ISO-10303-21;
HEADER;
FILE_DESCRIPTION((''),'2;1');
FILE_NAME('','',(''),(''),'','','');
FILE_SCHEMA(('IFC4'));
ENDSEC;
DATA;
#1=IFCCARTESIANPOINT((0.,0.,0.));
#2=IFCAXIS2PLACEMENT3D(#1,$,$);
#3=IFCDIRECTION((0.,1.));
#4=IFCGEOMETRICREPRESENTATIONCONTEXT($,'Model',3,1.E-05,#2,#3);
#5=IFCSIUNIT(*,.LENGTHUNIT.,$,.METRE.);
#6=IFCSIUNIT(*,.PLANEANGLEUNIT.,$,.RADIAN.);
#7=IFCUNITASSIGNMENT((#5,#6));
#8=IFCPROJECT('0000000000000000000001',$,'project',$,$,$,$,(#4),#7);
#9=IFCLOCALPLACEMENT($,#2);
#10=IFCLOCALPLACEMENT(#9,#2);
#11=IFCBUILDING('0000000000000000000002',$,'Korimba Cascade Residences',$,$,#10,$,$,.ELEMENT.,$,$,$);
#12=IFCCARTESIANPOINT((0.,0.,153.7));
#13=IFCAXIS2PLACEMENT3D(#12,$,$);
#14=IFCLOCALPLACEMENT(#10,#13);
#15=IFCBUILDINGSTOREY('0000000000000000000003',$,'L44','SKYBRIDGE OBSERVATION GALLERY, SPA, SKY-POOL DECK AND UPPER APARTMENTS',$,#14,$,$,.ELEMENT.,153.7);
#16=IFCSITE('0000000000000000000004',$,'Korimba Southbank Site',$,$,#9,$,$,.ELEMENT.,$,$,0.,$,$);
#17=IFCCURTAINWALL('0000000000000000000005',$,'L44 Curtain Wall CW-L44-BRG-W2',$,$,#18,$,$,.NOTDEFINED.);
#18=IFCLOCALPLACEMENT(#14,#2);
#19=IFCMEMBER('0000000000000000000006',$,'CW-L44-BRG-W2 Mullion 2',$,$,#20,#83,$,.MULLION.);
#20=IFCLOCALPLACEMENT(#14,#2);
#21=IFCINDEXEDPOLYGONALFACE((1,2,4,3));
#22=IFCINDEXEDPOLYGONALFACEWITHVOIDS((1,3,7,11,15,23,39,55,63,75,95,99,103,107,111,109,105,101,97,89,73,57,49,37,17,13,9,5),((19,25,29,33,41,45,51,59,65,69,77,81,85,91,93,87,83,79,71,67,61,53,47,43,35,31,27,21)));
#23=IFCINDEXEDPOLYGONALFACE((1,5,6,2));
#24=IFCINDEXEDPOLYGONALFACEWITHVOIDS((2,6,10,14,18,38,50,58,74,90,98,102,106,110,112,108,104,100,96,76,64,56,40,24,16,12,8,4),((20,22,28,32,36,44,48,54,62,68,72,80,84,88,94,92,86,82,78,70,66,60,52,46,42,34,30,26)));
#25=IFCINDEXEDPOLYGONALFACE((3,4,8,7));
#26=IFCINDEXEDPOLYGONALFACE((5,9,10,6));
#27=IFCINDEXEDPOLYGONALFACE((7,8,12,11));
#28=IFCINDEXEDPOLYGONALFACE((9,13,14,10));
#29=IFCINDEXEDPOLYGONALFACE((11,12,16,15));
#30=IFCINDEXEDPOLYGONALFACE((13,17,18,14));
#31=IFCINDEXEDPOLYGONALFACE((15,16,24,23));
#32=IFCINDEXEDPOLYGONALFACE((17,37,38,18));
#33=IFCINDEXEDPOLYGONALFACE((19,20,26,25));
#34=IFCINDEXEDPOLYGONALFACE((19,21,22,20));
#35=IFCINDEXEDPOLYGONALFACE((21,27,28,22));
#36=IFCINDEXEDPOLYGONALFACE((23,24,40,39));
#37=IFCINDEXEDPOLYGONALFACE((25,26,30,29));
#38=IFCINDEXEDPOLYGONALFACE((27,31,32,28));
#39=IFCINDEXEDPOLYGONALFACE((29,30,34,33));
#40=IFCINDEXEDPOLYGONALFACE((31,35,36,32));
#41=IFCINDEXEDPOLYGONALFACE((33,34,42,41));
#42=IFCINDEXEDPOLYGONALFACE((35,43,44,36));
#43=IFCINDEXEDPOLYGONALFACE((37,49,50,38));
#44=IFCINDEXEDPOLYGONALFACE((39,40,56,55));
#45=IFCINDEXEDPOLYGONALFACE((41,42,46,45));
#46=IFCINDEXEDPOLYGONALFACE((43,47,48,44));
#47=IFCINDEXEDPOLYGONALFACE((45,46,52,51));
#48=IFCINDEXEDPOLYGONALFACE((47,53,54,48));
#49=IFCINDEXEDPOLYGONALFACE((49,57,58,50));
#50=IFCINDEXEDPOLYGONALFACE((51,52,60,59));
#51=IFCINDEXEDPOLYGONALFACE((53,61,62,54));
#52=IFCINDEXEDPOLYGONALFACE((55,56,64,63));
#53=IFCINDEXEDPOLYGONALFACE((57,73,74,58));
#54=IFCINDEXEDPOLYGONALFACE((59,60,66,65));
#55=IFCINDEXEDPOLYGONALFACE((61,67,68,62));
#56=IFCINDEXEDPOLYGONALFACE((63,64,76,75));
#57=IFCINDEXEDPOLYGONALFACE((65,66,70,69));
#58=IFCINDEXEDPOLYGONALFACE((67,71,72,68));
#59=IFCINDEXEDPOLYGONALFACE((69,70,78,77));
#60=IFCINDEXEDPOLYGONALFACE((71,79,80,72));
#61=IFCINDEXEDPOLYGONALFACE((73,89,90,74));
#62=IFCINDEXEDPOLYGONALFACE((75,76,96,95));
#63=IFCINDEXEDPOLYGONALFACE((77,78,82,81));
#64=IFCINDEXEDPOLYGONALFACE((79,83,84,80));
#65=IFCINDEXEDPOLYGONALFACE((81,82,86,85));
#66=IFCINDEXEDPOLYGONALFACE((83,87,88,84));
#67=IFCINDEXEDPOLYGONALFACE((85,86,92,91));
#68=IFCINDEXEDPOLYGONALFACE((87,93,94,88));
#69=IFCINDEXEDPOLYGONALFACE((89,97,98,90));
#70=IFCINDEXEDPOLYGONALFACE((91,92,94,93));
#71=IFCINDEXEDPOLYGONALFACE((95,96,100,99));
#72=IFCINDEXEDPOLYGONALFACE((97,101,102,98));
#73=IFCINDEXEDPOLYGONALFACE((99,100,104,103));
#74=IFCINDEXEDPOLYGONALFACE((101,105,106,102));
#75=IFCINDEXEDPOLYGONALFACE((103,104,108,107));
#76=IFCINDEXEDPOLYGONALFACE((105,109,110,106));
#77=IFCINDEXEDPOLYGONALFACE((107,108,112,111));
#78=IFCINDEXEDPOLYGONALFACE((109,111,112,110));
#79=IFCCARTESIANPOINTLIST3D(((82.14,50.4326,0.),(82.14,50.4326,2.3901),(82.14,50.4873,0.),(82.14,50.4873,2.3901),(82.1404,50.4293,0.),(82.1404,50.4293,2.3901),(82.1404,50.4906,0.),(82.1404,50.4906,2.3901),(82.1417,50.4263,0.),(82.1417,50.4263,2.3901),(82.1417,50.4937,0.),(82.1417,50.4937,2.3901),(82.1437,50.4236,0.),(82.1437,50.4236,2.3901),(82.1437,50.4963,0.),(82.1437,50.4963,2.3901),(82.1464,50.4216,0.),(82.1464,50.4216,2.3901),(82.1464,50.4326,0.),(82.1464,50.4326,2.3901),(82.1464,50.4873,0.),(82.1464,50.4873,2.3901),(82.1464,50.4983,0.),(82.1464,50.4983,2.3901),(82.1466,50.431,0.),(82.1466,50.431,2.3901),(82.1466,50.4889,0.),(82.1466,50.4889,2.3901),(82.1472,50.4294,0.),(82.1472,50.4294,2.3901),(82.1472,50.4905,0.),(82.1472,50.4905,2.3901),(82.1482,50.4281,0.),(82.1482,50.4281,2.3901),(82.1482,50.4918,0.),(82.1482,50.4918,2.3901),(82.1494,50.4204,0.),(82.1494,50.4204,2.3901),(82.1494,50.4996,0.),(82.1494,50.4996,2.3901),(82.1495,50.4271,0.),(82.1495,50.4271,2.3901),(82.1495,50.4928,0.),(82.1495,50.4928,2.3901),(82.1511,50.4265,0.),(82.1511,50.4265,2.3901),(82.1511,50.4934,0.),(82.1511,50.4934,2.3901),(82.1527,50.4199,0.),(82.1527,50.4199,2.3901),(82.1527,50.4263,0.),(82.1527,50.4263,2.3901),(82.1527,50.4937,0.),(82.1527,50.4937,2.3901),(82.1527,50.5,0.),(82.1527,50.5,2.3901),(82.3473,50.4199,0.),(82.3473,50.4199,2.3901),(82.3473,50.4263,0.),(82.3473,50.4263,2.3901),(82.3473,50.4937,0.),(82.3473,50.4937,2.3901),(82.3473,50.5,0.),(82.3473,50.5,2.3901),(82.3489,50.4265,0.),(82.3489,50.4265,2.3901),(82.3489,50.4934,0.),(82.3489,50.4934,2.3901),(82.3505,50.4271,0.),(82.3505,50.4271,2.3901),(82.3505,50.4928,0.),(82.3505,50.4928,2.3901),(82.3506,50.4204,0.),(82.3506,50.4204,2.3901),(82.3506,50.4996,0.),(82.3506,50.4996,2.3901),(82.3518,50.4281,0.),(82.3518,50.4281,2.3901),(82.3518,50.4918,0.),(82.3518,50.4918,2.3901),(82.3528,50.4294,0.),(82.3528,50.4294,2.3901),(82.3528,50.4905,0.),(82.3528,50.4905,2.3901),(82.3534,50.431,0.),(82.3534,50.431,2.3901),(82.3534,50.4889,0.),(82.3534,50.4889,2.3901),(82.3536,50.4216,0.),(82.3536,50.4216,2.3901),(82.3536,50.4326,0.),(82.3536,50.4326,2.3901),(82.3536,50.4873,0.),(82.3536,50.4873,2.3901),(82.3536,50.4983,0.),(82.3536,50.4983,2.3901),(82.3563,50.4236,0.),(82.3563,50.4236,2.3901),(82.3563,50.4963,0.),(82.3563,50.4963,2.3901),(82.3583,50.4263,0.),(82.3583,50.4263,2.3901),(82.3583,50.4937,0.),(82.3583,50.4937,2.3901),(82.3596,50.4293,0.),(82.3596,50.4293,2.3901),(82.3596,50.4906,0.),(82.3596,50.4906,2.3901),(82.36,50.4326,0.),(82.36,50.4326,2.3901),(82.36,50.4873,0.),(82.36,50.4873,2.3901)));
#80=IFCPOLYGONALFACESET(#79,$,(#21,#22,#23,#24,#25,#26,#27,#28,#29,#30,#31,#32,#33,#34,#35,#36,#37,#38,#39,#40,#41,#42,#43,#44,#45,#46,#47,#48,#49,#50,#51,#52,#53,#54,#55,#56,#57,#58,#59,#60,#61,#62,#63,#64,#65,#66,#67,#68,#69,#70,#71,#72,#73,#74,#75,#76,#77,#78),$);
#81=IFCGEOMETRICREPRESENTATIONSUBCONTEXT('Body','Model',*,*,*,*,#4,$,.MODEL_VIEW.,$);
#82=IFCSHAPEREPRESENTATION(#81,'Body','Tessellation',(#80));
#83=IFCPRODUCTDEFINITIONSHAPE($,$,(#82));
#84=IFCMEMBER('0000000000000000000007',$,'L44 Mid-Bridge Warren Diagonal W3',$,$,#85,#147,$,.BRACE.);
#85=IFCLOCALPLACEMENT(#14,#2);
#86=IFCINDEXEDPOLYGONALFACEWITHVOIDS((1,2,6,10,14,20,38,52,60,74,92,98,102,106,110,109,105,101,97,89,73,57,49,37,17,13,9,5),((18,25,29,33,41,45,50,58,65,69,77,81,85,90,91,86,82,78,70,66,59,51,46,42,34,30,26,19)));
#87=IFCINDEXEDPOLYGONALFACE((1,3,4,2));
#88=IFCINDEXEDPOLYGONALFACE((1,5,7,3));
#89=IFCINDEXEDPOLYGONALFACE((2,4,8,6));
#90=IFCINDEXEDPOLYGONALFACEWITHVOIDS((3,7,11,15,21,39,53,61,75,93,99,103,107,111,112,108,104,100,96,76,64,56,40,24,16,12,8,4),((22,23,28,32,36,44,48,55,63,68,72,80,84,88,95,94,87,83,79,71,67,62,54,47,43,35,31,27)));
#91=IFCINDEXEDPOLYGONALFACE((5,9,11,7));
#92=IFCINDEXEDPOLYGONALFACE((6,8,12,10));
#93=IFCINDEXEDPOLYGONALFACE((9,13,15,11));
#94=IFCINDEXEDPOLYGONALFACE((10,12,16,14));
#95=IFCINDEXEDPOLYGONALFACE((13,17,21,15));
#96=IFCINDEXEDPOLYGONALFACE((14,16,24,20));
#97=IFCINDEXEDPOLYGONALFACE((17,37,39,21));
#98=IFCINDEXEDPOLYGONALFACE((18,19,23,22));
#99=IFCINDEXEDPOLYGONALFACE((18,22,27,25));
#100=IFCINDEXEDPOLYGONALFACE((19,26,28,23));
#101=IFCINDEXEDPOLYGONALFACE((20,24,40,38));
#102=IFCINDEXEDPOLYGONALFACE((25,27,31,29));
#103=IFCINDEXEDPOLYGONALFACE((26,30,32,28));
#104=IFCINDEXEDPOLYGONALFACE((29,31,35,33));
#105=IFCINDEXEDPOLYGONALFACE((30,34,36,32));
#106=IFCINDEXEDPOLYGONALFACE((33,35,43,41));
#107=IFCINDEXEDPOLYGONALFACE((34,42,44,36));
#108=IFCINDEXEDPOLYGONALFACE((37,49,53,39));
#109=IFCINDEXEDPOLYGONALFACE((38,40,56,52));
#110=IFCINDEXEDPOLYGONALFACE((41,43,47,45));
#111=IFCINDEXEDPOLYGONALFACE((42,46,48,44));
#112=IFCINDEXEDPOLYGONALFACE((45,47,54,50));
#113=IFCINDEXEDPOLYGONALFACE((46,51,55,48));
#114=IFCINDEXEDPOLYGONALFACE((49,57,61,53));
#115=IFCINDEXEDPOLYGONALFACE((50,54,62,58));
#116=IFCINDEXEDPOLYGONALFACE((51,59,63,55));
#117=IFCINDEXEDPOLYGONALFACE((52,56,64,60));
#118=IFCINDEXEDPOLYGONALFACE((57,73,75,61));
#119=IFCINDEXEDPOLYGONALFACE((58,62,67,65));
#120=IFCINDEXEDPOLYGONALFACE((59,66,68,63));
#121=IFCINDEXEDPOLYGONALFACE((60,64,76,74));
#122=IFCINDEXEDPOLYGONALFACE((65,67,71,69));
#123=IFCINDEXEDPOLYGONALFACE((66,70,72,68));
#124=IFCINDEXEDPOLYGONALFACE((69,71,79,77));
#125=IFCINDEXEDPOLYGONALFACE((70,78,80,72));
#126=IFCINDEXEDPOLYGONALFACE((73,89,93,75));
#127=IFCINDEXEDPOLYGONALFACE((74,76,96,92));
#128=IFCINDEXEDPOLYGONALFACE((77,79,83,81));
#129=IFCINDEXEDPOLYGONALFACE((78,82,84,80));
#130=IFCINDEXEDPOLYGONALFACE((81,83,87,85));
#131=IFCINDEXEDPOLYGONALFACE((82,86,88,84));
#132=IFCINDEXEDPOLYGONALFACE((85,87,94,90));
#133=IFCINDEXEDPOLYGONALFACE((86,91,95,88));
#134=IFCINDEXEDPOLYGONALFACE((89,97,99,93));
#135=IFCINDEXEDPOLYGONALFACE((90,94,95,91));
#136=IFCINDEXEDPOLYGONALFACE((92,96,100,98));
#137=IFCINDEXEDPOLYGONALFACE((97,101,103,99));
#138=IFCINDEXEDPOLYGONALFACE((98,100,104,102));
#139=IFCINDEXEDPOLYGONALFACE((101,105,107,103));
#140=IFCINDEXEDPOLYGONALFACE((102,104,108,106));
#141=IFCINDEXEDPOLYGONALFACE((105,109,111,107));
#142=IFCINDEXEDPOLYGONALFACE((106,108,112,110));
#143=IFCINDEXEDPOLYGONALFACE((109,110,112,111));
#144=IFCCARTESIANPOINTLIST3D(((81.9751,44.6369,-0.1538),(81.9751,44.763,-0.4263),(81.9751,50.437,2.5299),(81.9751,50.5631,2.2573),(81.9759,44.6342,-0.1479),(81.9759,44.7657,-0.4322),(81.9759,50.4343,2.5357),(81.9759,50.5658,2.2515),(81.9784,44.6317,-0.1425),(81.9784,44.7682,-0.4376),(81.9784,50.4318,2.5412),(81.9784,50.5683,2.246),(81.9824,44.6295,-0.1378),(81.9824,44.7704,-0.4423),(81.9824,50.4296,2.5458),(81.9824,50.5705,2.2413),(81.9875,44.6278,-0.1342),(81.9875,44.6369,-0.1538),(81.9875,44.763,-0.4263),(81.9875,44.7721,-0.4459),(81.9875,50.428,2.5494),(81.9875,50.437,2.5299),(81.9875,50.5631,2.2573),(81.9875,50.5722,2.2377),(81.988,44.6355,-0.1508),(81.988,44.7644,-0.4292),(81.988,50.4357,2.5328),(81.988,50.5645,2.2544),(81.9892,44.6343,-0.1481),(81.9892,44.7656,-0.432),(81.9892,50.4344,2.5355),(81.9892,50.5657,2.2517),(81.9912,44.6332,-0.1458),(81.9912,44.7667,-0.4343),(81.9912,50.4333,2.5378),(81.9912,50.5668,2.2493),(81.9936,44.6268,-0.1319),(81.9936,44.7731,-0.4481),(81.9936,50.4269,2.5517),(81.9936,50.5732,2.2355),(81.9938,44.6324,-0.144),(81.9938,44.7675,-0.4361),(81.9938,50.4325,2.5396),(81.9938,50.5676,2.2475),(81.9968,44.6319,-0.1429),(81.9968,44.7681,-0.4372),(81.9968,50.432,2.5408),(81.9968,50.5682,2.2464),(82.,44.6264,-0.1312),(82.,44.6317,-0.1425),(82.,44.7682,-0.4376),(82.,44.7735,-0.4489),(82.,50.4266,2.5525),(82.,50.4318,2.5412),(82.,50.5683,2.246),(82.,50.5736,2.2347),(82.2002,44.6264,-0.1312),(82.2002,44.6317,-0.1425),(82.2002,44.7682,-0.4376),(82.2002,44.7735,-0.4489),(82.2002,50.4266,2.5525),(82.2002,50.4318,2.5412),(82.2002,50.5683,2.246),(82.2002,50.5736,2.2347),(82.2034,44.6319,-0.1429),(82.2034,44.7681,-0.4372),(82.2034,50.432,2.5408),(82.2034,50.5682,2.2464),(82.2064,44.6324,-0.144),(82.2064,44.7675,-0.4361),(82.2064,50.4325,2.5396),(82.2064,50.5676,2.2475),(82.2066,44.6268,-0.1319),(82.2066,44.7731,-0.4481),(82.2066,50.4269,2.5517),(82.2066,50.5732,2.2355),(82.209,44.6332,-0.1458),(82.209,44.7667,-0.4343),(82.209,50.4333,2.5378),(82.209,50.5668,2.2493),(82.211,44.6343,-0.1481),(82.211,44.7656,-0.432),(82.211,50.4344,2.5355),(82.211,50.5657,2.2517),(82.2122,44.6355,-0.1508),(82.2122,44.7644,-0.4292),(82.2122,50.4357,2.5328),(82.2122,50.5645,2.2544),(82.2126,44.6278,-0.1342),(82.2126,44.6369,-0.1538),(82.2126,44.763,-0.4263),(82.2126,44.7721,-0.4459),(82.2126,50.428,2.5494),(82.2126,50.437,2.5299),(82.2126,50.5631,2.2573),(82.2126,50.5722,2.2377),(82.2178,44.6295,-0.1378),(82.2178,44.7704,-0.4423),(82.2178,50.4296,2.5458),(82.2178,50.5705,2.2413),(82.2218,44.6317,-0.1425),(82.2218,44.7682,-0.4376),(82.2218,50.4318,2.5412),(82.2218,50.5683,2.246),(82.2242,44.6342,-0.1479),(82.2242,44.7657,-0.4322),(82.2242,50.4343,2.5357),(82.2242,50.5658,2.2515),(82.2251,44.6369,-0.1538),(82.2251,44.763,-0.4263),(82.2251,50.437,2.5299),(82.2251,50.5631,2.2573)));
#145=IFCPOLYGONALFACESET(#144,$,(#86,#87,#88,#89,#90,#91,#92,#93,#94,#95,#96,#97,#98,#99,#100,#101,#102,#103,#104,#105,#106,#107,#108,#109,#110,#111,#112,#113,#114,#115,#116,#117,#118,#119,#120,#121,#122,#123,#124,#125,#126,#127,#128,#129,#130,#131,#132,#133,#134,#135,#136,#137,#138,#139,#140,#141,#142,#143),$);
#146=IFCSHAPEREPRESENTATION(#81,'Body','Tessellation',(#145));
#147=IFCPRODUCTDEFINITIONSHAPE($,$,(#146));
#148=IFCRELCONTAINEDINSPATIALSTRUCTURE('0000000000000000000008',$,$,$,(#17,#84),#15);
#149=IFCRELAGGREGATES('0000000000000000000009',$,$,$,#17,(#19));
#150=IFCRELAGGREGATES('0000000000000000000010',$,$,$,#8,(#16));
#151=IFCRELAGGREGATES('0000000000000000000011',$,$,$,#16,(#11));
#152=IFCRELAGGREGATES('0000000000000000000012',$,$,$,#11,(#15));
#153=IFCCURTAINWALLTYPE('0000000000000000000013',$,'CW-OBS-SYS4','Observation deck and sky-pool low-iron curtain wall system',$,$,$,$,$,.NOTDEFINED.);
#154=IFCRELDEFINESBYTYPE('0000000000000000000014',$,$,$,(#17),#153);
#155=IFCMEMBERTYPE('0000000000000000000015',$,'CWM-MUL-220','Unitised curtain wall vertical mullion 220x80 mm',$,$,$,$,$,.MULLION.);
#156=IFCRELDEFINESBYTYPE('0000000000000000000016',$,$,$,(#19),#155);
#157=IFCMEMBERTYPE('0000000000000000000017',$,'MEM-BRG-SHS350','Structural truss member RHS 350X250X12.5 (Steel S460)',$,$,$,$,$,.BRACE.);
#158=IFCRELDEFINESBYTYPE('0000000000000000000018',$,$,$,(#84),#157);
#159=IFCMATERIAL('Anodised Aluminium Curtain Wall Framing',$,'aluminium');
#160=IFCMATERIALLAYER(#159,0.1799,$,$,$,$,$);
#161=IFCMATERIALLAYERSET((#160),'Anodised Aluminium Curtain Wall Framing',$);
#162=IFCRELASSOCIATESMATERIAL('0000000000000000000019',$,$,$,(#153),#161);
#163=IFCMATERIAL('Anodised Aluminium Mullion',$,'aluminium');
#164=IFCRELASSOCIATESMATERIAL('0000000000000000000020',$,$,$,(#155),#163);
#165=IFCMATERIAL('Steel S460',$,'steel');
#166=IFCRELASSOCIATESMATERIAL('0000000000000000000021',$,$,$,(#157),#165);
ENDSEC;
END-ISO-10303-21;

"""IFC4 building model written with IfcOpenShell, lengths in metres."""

from ifc_helpers import new_model, si_unit, direction, frame, origin, origin_2d, place, context, subcontext, project, spatial, hollow_rectangle, extrude, material, layer, layer_set, material_profile, profile_set, type_object, element, aggregate, save


model = new_model("IFC4")

# Units and contexts
model_context = context("Model", 3, precision=1e-05, world=origin(), true_north=direction((0.0, 1.0)))
body_context = subcontext(model_context, "Body", "Model", "MODEL_VIEW")
ifc_project = project(units=[si_unit("LENGTHUNIT", "METRE"), si_unit("PLANEANGLEUNIT", "RADIAN")], contexts=[model_context])

# Site, building, storey
site_placement = place(None, origin())
site = spatial("IfcSite", under=ifc_project, at=site_placement, Name="Korimba Southbank Site", CompositionType="ELEMENT", RefElevation=0.0)
building_placement = place(site_placement, origin())
building = spatial("IfcBuilding", under=site, at=building_placement, Name="Korimba Cascade Residences", CompositionType="ELEMENT")
storey_placement = place(building_placement, frame((0.0, 0.0, 153.7)))
storey = spatial("IfcBuildingStorey", under=building, at=storey_placement, Name="L44", Description="SKYBRIDGE OBSERVATION GALLERY, SPA, SKY-POOL DECK AND UPPER APARTMENTS", CompositionType="ELEMENT", Elevation=153.7)

# Shared definitions
ifc_material_1 = material(Name="Steel S460", Category="steel")

# Curtain wall, member
ifc_material_2 = material(Name="Anodised Aluminium Curtain Wall Framing", Category="aluminium")
ifc_layer_1 = layer(ifc_material_2, 0.1799)
ifc_layer_set_1 = layer_set([ifc_layer_1], Name="Anodised Aluminium Curtain Wall Framing")
curtain_wall_type = type_object("IfcCurtainWallType", Name="CW-OBS-SYS4", Description="Observation deck and sky-pool low-iron curtain wall system", PredefinedType="NOTDEFINED", material=ifc_layer_set_1)
curtain_wall_placement = place(storey_placement, origin())
curtain_wall = element("IfcCurtainWall", 1, at=curtain_wall_placement, inside=storey, type_object=curtain_wall_type, Name="L44 Curtain Wall CW-L44-BRG-W2", PredefinedType="NOTDEFINED")
ifc_material_3 = material(Name="Anodised Aluminium Mullion", Category="aluminium")
ifc_material_profile_1 = material_profile(ifc_material_3, hollow_rectangle(XDim=0.0801, YDim=0.22, WallThickness=0.0063, InnerFilletRadius=0.0063, OuterFilletRadius=0.0127, at=origin_2d()), Name="Anodised Aluminium Mullion")
ifc_profile_set_1 = profile_set([ifc_material_profile_1], Name="Anodised Aluminium Mullion")
member_type_1 = type_object("IfcMemberType", Name="CWM-MUL-220", Description="Unitised curtain wall vertical mullion 220x80 mm", PredefinedType="MULLION", material=ifc_profile_set_1)
member_1_placement = place(storey_placement, frame((82.25, 50.46, 0.0), z_axis=(0.0, 0.0, 1.0), x_axis=(0.0, 1.0, 0.0)))
member_1 = element("IfcMember", 2, at=member_1_placement, type_object=member_type_1, Name="CW-L44-BRG-W2 Mullion 2", PredefinedType="MULLION", context=body_context, shape_type="SweptSolid", body=[
    extrude(hollow_rectangle(XDim=0.0801, YDim=0.22, WallThickness=0.0063, InnerFilletRadius=0.0063, OuterFilletRadius=0.0127, at=origin_2d()), origin(), (0.0, 0.0, 1.0), 2.3901),
])

# Member
ifc_material_profile_2 = material_profile(ifc_material_1, hollow_rectangle(XDim=0.25, YDim=0.3501, WallThickness=0.0125, InnerFilletRadius=0.0125, OuterFilletRadius=0.0249, at=origin_2d()), Name="Steel S460")
ifc_profile_set_2 = profile_set([ifc_material_profile_2], Name="Steel S460")
member_type_2 = type_object("IfcMemberType", Name="MEM-BRG-SHS350", Description="Structural truss member RHS 350X250X12.5 (Steel S460)", PredefinedType="BRACE", material=ifc_profile_set_2)
member_2_placement = place(storey_placement, frame((82.1001, 44.7, -0.29), z_axis=(0.0, 0.907563, 0.419916), x_axis=(-1.0, 0.0, 0.0)))
element("IfcMember", 3, at=member_2_placement, inside=storey, type_object=member_type_2, Name="L44 Mid-Bridge Warren Diagonal W3", PredefinedType="BRACE", context=body_context, shape_type="SweptSolid", body=[
    extrude(hollow_rectangle(XDim=0.25, YDim=0.3501, WallThickness=0.0125, InnerFilletRadius=0.0125, OuterFilletRadius=0.0249, at=origin_2d()), origin(), (0.0, 0.0, 1.0), 6.3909),
])

aggregate(curtain_wall, [member_1])

save(model, "model.ifc")
